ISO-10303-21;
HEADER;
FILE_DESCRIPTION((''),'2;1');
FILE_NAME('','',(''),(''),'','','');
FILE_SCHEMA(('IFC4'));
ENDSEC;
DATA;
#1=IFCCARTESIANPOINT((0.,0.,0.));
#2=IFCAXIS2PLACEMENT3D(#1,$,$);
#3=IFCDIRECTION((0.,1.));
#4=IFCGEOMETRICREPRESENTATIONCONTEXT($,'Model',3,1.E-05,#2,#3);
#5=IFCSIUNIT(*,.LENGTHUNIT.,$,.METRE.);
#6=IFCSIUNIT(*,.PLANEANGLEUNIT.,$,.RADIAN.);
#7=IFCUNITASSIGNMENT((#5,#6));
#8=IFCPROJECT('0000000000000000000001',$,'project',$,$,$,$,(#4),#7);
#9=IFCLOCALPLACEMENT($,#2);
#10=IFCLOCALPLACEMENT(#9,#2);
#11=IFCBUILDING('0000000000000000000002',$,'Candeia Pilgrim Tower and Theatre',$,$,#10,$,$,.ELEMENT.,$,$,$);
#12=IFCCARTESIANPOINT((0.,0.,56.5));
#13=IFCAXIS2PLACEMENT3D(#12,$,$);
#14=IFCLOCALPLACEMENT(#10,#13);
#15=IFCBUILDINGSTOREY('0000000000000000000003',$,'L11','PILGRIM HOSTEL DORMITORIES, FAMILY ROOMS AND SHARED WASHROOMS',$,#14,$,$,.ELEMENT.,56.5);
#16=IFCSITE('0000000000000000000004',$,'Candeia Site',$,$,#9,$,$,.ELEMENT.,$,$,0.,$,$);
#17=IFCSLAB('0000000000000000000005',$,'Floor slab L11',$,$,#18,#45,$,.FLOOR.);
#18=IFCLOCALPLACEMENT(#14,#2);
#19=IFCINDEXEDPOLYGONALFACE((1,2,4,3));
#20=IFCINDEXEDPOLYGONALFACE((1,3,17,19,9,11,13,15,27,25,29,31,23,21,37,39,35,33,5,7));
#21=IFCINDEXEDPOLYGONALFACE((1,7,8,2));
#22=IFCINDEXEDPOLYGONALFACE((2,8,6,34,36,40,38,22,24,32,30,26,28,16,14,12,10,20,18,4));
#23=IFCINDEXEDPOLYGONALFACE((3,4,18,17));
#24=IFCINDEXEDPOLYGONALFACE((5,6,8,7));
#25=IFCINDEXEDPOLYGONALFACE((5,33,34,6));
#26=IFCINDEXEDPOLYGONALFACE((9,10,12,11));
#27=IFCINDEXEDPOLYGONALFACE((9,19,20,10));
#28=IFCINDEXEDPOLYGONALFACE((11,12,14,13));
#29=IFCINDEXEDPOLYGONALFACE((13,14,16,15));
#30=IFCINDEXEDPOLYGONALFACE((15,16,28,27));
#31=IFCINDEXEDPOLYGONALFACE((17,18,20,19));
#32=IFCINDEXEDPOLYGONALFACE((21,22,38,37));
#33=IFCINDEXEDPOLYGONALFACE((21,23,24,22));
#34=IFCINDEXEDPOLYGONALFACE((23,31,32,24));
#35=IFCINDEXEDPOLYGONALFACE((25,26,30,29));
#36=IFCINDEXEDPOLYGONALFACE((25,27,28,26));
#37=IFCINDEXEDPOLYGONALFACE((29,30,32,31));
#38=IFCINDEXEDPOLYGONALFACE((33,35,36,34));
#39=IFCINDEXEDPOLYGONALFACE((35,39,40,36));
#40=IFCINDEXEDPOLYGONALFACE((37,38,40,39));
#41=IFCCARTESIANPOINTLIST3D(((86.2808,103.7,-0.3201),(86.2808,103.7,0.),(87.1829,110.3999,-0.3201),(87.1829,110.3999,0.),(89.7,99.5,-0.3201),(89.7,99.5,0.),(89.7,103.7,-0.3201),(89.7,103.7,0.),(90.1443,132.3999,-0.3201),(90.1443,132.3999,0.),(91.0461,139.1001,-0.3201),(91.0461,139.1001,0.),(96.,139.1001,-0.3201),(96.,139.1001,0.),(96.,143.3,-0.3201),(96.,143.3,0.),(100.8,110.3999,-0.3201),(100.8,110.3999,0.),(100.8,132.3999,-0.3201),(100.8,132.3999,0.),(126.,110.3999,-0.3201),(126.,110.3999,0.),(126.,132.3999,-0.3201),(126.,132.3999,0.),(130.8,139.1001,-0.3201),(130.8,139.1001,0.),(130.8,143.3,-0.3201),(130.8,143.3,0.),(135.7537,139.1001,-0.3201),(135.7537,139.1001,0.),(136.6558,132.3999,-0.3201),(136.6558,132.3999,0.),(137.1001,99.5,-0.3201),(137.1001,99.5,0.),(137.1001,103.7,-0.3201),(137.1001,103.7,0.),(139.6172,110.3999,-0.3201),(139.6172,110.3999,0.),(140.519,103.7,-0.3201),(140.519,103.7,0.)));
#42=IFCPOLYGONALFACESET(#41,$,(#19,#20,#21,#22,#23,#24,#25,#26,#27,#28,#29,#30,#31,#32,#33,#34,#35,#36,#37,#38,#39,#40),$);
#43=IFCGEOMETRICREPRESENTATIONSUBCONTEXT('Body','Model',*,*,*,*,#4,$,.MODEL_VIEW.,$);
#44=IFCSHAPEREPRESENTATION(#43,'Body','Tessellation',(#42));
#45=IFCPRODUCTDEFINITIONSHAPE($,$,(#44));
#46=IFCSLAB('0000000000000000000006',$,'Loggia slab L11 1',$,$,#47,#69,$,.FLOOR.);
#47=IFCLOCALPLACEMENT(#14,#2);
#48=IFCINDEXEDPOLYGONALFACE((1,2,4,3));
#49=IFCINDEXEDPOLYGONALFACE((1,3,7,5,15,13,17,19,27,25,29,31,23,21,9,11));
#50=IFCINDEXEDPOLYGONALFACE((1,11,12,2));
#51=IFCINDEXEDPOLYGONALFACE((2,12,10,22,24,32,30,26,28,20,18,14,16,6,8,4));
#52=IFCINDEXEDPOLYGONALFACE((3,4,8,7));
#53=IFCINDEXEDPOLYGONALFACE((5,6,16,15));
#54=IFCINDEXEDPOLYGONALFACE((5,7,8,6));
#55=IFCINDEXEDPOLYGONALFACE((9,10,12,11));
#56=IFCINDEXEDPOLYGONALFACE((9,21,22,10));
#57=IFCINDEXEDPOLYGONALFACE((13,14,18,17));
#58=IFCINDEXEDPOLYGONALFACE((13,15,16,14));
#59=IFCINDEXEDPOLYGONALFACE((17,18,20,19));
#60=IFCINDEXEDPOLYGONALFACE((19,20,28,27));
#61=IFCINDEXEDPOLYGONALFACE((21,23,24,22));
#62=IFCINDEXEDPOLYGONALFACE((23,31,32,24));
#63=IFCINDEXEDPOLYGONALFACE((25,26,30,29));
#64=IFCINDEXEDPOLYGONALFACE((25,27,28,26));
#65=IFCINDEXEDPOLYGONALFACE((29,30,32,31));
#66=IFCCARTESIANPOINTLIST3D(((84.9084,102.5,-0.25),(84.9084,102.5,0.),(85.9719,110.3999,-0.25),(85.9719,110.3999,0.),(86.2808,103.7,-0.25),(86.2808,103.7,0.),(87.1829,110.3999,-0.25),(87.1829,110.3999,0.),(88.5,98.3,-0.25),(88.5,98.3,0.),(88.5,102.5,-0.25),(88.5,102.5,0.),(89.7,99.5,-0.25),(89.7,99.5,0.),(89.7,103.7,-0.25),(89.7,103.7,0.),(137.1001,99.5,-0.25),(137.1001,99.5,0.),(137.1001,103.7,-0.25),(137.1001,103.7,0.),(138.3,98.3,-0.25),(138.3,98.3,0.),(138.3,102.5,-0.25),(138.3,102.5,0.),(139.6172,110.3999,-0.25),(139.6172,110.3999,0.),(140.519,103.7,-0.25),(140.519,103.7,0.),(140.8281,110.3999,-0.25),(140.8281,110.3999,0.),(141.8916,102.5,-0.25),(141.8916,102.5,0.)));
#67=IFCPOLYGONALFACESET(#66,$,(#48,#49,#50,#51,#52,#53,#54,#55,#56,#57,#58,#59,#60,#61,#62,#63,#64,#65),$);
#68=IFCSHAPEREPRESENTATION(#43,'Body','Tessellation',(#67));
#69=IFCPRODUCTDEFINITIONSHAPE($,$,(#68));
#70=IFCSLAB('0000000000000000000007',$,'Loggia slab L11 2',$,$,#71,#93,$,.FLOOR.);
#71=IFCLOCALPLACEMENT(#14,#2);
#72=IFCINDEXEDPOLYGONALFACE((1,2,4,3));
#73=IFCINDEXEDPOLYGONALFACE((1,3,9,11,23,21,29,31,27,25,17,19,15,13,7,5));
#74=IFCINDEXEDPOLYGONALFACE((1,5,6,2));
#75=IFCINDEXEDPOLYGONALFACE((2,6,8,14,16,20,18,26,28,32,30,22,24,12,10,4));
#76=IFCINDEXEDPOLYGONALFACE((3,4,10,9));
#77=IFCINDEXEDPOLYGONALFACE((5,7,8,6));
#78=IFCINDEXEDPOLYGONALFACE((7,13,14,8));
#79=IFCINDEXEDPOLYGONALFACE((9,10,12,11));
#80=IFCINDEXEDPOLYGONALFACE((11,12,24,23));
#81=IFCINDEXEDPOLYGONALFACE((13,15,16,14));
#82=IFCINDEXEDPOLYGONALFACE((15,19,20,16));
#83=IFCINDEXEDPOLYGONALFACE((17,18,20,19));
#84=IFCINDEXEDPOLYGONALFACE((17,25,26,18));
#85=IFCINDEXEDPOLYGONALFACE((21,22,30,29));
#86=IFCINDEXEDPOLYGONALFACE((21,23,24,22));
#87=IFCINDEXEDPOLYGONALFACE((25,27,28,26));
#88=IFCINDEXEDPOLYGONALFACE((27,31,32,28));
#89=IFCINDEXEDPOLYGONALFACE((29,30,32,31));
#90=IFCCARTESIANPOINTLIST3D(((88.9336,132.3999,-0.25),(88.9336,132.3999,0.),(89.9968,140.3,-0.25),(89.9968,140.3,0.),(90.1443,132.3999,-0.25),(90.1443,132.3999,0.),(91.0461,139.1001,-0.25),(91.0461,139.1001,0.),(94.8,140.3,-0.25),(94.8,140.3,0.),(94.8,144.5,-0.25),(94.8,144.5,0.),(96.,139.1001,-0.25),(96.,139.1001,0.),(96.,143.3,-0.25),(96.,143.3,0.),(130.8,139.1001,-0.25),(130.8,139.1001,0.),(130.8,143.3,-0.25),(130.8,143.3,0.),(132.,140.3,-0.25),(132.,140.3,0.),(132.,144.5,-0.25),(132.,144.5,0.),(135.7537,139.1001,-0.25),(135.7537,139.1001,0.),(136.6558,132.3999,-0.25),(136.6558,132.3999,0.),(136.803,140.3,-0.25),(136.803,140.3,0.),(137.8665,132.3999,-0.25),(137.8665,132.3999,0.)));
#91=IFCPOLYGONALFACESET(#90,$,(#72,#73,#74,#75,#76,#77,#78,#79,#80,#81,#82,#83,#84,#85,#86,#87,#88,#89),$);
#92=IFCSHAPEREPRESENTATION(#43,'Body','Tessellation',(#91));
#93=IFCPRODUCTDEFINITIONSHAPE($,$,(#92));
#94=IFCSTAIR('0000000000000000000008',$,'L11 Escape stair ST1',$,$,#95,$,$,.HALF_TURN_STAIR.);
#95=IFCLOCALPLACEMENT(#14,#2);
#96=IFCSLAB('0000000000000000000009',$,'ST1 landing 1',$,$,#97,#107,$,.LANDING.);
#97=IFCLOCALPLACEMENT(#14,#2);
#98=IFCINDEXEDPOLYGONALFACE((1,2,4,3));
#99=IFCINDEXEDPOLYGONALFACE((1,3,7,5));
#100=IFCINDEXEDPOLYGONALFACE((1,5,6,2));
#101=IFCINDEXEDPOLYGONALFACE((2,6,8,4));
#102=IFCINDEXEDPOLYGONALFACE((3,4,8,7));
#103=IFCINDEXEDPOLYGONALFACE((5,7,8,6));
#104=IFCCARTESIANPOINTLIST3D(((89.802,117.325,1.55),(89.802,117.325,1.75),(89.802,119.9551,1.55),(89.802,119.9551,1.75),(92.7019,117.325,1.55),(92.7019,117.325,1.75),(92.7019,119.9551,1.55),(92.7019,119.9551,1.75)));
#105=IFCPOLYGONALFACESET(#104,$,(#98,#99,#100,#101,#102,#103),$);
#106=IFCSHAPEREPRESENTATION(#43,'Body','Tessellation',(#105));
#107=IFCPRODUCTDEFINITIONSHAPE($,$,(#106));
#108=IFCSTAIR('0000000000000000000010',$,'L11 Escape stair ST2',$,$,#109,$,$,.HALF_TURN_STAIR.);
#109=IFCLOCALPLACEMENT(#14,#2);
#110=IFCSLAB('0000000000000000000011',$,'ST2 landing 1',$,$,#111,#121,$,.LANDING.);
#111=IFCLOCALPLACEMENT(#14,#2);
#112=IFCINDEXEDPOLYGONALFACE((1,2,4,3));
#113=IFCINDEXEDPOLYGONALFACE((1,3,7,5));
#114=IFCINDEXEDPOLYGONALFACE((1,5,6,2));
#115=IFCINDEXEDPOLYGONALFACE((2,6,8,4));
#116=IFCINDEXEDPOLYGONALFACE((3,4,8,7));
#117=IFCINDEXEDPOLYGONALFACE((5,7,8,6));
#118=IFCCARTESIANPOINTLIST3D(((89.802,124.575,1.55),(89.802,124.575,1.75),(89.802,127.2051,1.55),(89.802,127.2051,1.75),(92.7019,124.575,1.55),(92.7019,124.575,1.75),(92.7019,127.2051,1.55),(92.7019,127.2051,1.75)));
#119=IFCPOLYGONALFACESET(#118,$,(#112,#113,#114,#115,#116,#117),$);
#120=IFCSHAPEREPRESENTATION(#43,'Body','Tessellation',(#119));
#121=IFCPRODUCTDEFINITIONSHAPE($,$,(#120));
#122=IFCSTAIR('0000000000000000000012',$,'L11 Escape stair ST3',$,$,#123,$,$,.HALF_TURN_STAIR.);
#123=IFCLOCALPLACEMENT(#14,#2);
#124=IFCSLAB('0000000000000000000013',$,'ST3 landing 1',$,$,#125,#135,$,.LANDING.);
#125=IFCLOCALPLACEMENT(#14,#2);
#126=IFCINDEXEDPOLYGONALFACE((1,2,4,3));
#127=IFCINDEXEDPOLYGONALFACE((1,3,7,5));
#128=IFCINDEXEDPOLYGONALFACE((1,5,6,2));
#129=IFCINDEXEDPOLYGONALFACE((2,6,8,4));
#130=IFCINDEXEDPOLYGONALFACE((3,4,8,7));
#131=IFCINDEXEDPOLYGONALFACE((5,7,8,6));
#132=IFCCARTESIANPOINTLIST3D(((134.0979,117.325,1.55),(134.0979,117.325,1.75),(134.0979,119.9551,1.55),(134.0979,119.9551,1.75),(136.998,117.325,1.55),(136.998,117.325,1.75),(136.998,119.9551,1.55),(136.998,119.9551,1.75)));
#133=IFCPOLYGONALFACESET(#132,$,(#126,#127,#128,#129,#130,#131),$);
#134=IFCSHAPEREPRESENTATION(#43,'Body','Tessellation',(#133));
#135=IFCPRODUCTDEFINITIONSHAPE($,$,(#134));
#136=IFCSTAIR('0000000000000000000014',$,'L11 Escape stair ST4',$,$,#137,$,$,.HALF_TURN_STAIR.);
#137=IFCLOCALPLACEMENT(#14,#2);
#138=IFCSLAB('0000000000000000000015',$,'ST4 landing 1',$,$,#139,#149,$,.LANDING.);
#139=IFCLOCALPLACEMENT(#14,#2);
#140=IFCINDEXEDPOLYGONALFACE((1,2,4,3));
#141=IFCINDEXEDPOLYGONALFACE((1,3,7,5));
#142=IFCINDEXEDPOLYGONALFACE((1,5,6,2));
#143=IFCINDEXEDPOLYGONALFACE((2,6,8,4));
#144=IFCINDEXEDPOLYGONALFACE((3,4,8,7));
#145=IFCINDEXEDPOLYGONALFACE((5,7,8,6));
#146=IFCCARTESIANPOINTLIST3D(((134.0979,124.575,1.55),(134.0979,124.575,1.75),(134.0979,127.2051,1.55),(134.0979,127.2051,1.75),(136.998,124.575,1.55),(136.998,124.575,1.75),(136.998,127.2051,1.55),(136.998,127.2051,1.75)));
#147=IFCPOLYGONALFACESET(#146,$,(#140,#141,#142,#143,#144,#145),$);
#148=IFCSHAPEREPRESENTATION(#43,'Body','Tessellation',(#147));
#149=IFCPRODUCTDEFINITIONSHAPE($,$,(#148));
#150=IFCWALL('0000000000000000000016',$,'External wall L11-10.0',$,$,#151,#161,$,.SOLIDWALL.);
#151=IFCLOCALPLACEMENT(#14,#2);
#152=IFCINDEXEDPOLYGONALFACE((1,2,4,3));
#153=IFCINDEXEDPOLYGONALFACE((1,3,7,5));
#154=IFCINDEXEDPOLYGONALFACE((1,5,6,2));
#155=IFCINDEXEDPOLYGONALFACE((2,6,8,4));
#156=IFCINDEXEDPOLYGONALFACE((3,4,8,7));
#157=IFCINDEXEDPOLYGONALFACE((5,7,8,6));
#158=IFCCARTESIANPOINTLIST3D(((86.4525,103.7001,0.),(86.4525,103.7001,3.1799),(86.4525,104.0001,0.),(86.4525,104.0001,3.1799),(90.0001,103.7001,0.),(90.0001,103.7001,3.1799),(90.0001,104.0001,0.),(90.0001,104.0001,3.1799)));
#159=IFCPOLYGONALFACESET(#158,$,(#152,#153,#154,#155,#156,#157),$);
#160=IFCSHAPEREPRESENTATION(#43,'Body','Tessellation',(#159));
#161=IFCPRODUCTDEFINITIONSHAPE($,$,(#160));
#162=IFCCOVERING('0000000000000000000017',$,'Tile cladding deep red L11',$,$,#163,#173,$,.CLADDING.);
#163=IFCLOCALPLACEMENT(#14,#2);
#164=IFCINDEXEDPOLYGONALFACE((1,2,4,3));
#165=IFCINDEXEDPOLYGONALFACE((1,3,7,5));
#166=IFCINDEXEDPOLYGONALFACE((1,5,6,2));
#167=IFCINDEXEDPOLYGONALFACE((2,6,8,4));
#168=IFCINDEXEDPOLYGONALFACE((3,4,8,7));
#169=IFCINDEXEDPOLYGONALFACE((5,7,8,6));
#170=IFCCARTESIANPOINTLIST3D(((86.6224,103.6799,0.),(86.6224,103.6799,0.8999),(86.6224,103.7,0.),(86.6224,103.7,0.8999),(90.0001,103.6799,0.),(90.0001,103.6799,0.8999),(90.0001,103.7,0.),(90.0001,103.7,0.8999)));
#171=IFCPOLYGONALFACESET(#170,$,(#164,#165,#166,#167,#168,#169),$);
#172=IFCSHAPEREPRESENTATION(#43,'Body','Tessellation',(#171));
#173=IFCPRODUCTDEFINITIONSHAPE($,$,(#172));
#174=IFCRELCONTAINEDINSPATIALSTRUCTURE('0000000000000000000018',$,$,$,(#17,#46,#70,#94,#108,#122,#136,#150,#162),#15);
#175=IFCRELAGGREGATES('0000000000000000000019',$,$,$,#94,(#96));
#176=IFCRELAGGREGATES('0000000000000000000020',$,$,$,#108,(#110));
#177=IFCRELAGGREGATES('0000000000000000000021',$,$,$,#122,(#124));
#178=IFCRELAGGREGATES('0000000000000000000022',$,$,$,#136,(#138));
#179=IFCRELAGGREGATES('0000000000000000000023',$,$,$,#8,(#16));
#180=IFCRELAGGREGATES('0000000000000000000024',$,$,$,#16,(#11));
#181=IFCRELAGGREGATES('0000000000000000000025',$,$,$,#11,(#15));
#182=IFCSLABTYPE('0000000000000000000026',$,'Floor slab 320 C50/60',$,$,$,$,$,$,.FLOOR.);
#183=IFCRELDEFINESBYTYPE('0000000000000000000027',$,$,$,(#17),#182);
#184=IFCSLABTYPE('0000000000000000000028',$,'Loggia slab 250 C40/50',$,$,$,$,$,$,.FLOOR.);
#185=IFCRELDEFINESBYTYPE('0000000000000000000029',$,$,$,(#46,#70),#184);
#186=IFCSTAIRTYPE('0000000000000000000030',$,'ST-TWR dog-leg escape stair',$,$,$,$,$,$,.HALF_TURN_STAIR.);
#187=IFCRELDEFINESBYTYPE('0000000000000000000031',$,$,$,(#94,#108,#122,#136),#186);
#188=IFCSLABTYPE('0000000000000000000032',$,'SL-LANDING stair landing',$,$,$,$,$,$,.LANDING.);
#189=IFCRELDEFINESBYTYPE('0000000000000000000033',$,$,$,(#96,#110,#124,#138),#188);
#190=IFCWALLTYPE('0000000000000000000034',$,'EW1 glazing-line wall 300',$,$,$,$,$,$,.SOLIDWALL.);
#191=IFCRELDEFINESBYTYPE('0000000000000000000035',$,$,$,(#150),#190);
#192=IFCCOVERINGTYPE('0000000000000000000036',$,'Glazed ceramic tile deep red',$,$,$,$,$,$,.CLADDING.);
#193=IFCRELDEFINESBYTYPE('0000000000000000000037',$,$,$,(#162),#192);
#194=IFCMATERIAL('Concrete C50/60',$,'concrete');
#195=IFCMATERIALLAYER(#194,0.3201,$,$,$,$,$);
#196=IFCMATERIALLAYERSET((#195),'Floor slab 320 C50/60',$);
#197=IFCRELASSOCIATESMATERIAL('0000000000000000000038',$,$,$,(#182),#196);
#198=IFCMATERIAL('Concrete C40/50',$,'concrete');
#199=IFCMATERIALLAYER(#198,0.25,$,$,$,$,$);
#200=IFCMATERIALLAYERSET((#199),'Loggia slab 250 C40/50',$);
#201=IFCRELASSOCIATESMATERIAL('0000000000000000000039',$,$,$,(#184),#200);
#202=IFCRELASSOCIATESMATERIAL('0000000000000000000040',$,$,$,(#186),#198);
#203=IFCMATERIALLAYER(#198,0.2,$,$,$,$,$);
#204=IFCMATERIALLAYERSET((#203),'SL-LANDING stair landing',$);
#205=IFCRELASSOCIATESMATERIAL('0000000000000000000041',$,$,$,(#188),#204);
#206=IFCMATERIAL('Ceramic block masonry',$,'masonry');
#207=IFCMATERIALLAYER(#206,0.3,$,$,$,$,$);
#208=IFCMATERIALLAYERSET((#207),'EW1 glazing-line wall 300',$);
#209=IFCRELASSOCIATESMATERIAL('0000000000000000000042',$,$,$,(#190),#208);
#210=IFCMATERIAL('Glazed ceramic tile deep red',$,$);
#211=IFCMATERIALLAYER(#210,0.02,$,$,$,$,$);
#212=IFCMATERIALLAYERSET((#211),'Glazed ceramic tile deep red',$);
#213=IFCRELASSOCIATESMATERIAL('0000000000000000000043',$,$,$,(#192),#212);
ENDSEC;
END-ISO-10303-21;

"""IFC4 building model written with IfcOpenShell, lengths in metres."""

from ifc_helpers import new_model, si_unit, direction, frame, frame_2d, origin, origin_2d, place, context, subcontext, project, spatial, polyline, rectangle, outline, extrude, material, layer, layer_set, type_object, element, aggregate, save


model = new_model("IFC4")

# Units and contexts
model_context = context("Model", 3, precision=1e-05, world=origin(), true_north=direction((0.0, 1.0)))
body_context = subcontext(model_context, "Body", "Model", "MODEL_VIEW")
ifc_project = project(units=[si_unit("LENGTHUNIT", "METRE"), si_unit("PLANEANGLEUNIT", "RADIAN")], contexts=[model_context])

# Site, building, storey
site_placement = place(None, origin())
site = spatial("IfcSite", under=ifc_project, at=site_placement, Name="Candeia Site", CompositionType="ELEMENT", RefElevation=0.0)
building_placement = place(site_placement, origin())
building = spatial("IfcBuilding", under=site, at=building_placement, Name="Candeia Pilgrim Tower and Theatre", CompositionType="ELEMENT")
storey_placement = place(building_placement, frame((0.0, 0.0, 56.5)))
storey = spatial("IfcBuildingStorey", under=building, at=storey_placement, Name="L11", Description="PILGRIM HOSTEL DORMITORIES, FAMILY ROOMS AND SHARED WASHROOMS", CompositionType="ELEMENT", Elevation=56.5)

# Slabs
ifc_material_1 = material(Name="Concrete C40/50", Category="concrete")
ifc_material_2 = material(Name="Concrete C50/60", Category="concrete")
ifc_layer_1 = layer(ifc_material_2, 0.3201)
ifc_layer_set_1 = layer_set([ifc_layer_1], Name="Floor slab 320 C50/60")
slab_type_1 = type_object("IfcSlabType", Name="Floor slab 320 C50/60", PredefinedType="FLOOR", material=ifc_layer_set_1)
slab_1_placement = place(storey_placement, frame((0.0, 0.0, -0.3201)))
element("IfcSlab", 1, at=slab_1_placement, inside=storey, type_object=slab_type_1, Name="Floor slab L11", PredefinedType="FLOOR", context=body_context, shape_type="SweptSolid", body=[
    extrude(outline(polyline([(96.0, 139.1001), (96.0, 143.3), (130.8, 143.3), (130.8, 139.1001), (135.7537, 139.1001), (136.6558, 132.3999), (126.0, 132.3999), (126.0, 110.3999), (139.6172, 110.3999), (140.519, 103.7), (137.1001, 103.7), (137.1001, 99.5), (89.7, 99.5), (89.7, 103.7), (86.2808, 103.7), (87.1829, 110.3999), (100.8, 110.3999), (100.8, 132.3999), (90.1443, 132.3999), (91.0461, 139.1001), (96.0, 139.1001)])), origin(), (0.0, 0.0, 1.0), 0.3201),
])
ifc_layer_2 = layer(ifc_material_1, 0.25)
ifc_layer_set_2 = layer_set([ifc_layer_2], Name="Loggia slab 250 C40/50")
slab_type_2 = type_object("IfcSlabType", Name="Loggia slab 250 C40/50", PredefinedType="FLOOR", material=ifc_layer_set_2)
slab_2_placement = place(storey_placement, frame((0.0, 0.0, -0.25)))
element("IfcSlab", 2, at=slab_2_placement, inside=storey, type_object=slab_type_2, Name="Loggia slab L11 1", PredefinedType="FLOOR", context=body_context, shape_type="SweptSolid", body=[
    extrude(outline(polyline([(87.1829, 110.3999), (86.2808, 103.7), (89.7, 103.7), (89.7, 99.5), (137.1001, 99.5), (137.1001, 103.7), (140.519, 103.7), (139.6172, 110.3999), (140.8281, 110.3999), (141.8916, 102.5), (138.3, 102.5), (138.3, 98.3), (88.5, 98.3), (88.5, 102.5), (84.9084, 102.5), (85.9719, 110.3999), (87.1829, 110.3999)])), origin(), (0.0, 0.0, 1.0), 0.25),
])
slab_3_placement = place(storey_placement, frame((0.0, 0.0, -0.25)))
element("IfcSlab", 3, at=slab_3_placement, inside=storey, type_object=slab_type_2, Name="Loggia slab L11 2", PredefinedType="FLOOR", context=body_context, shape_type="SweptSolid", body=[
    extrude(outline(polyline([(136.6558, 132.3999), (135.7537, 139.1001), (130.8, 139.1001), (130.8, 143.3), (96.0, 143.3), (96.0, 139.1001), (91.0461, 139.1001), (90.1443, 132.3999), (88.9336, 132.3999), (89.9968, 140.3), (94.8, 140.3), (94.8, 144.5), (132.0, 144.5), (132.0, 140.3), (136.803, 140.3), (137.8665, 132.3999), (136.6558, 132.3999)])), origin(), (0.0, 0.0, 1.0), 0.25),
])

# Stairs, slabs
stair_type = type_object("IfcStairType", Name="ST-TWR dog-leg escape stair", PredefinedType="HALF_TURN_STAIR", material=ifc_material_1)
stair_1_placement = place(storey_placement, origin())
stair_1 = element("IfcStair", 4, at=stair_1_placement, inside=storey, type_object=stair_type, Name="L11 Escape stair ST1", PredefinedType="HALF_TURN_STAIR")
ifc_layer_3 = layer(ifc_material_1, 0.2)
ifc_layer_set_3 = layer_set([ifc_layer_3], Name="SL-LANDING stair landing")
slab_type_3 = type_object("IfcSlabType", Name="SL-LANDING stair landing", PredefinedType="LANDING", material=ifc_layer_set_3)
slab_4_placement = place(storey_placement, frame((0.0, 0.0, 1.55)))
slab_4 = element("IfcSlab", 5, at=slab_4_placement, type_object=slab_type_3, Name="ST1 landing 1", PredefinedType="LANDING", context=body_context, shape_type="SweptSolid", body=[
    extrude(outline(polyline([(89.802, 119.9551), (89.802, 117.325), (92.7019, 117.325), (92.7019, 119.9551), (89.802, 119.9551)])), origin(), (0.0, 0.0, 1.0), 0.2),
])
aggregate(stair_1, [slab_4])
stair_2_placement = place(storey_placement, origin())
stair_2 = element("IfcStair", 6, at=stair_2_placement, inside=storey, type_object=stair_type, Name="L11 Escape stair ST2", PredefinedType="HALF_TURN_STAIR")
slab_5_placement = place(storey_placement, frame((0.0, 0.0, 1.55)))
slab_5 = element("IfcSlab", 7, at=slab_5_placement, type_object=slab_type_3, Name="ST2 landing 1", PredefinedType="LANDING", context=body_context, shape_type="SweptSolid", body=[
    extrude(outline(polyline([(89.802, 127.2051), (89.802, 124.575), (92.7019, 124.575), (92.7019, 127.2051), (89.802, 127.2051)])), origin(), (0.0, 0.0, 1.0), 0.2),
])
aggregate(stair_2, [slab_5])
stair_3_placement = place(storey_placement, origin())
stair_3 = element("IfcStair", 8, at=stair_3_placement, inside=storey, type_object=stair_type, Name="L11 Escape stair ST3", PredefinedType="HALF_TURN_STAIR")
slab_6_placement = place(storey_placement, frame((0.0, 0.0, 1.55)))
slab_6 = element("IfcSlab", 9, at=slab_6_placement, type_object=slab_type_3, Name="ST3 landing 1", PredefinedType="LANDING", context=body_context, shape_type="SweptSolid", body=[
    extrude(outline(polyline([(134.0979, 119.9551), (134.0979, 117.325), (136.998, 117.325), (136.998, 119.9551), (134.0979, 119.9551)])), origin(), (0.0, 0.0, 1.0), 0.2),
])
aggregate(stair_3, [slab_6])
stair_4_placement = place(storey_placement, origin())
stair_4 = element("IfcStair", 10, at=stair_4_placement, inside=storey, type_object=stair_type, Name="L11 Escape stair ST4", PredefinedType="HALF_TURN_STAIR")
slab_7_placement = place(storey_placement, frame((0.0, 0.0, 1.55)))
slab_7 = element("IfcSlab", 11, at=slab_7_placement, type_object=slab_type_3, Name="ST4 landing 1", PredefinedType="LANDING", context=body_context, shape_type="SweptSolid", body=[
    extrude(outline(polyline([(134.0979, 127.2051), (134.0979, 124.575), (136.998, 124.575), (136.998, 127.2051), (134.0979, 127.2051)])), origin(), (0.0, 0.0, 1.0), 0.2),
])
aggregate(stair_4, [slab_7])

# Wall
ifc_material_3 = material(Name="Ceramic block masonry", Category="masonry")
ifc_layer_4 = layer(ifc_material_3, 0.3)
ifc_layer_set_4 = layer_set([ifc_layer_4], Name="EW1 glazing-line wall 300")
wall_type = type_object("IfcWallType", Name="EW1 glazing-line wall 300", PredefinedType="SOLIDWALL", material=ifc_layer_set_4)
wall_placement = place(storey_placement, frame((86.4524, 103.8501, 0.0), z_axis=(0.0, 0.0, 1.0), x_axis=(1.0, 0.0, 0.0)))
element("IfcWall", 12, at=wall_placement, inside=storey, type_object=wall_type, Name="External wall L11-10.0", PredefinedType="SOLIDWALL", context=body_context, shape_type="SweptSolid", body=[
    extrude(rectangle(XDim=3.5476, YDim=0.3, at=frame_2d((1.7739, 0.0))), origin(), (0.0, 0.0, 1.0), 3.1799),
])

# Covering
ifc_material_4 = material(Name="Glazed ceramic tile deep red")
ifc_layer_5 = layer(ifc_material_4, 0.02)
ifc_layer_set_5 = layer_set([ifc_layer_5], Name="Glazed ceramic tile deep red")
covering_type = type_object("IfcCoveringType", Name="Glazed ceramic tile deep red", PredefinedType="CLADDING", material=ifc_layer_set_5)
covering_placement = place(storey_placement, frame((88.3113, 103.6899, 0.0), z_axis=(0.0, 0.0, 1.0), x_axis=(1.0, 0.0, 0.0)))
element("IfcCovering", 13, at=covering_placement, inside=storey, type_object=covering_type, Name="Tile cladding deep red L11", PredefinedType="CLADDING", context=body_context, shape_type="SweptSolid", body=[
    extrude(rectangle(XDim=3.3777, YDim=0.02, at=origin_2d()), origin(), (0.0, 0.0, 1.0), 0.8999),
])

save(model, "model.ifc")
